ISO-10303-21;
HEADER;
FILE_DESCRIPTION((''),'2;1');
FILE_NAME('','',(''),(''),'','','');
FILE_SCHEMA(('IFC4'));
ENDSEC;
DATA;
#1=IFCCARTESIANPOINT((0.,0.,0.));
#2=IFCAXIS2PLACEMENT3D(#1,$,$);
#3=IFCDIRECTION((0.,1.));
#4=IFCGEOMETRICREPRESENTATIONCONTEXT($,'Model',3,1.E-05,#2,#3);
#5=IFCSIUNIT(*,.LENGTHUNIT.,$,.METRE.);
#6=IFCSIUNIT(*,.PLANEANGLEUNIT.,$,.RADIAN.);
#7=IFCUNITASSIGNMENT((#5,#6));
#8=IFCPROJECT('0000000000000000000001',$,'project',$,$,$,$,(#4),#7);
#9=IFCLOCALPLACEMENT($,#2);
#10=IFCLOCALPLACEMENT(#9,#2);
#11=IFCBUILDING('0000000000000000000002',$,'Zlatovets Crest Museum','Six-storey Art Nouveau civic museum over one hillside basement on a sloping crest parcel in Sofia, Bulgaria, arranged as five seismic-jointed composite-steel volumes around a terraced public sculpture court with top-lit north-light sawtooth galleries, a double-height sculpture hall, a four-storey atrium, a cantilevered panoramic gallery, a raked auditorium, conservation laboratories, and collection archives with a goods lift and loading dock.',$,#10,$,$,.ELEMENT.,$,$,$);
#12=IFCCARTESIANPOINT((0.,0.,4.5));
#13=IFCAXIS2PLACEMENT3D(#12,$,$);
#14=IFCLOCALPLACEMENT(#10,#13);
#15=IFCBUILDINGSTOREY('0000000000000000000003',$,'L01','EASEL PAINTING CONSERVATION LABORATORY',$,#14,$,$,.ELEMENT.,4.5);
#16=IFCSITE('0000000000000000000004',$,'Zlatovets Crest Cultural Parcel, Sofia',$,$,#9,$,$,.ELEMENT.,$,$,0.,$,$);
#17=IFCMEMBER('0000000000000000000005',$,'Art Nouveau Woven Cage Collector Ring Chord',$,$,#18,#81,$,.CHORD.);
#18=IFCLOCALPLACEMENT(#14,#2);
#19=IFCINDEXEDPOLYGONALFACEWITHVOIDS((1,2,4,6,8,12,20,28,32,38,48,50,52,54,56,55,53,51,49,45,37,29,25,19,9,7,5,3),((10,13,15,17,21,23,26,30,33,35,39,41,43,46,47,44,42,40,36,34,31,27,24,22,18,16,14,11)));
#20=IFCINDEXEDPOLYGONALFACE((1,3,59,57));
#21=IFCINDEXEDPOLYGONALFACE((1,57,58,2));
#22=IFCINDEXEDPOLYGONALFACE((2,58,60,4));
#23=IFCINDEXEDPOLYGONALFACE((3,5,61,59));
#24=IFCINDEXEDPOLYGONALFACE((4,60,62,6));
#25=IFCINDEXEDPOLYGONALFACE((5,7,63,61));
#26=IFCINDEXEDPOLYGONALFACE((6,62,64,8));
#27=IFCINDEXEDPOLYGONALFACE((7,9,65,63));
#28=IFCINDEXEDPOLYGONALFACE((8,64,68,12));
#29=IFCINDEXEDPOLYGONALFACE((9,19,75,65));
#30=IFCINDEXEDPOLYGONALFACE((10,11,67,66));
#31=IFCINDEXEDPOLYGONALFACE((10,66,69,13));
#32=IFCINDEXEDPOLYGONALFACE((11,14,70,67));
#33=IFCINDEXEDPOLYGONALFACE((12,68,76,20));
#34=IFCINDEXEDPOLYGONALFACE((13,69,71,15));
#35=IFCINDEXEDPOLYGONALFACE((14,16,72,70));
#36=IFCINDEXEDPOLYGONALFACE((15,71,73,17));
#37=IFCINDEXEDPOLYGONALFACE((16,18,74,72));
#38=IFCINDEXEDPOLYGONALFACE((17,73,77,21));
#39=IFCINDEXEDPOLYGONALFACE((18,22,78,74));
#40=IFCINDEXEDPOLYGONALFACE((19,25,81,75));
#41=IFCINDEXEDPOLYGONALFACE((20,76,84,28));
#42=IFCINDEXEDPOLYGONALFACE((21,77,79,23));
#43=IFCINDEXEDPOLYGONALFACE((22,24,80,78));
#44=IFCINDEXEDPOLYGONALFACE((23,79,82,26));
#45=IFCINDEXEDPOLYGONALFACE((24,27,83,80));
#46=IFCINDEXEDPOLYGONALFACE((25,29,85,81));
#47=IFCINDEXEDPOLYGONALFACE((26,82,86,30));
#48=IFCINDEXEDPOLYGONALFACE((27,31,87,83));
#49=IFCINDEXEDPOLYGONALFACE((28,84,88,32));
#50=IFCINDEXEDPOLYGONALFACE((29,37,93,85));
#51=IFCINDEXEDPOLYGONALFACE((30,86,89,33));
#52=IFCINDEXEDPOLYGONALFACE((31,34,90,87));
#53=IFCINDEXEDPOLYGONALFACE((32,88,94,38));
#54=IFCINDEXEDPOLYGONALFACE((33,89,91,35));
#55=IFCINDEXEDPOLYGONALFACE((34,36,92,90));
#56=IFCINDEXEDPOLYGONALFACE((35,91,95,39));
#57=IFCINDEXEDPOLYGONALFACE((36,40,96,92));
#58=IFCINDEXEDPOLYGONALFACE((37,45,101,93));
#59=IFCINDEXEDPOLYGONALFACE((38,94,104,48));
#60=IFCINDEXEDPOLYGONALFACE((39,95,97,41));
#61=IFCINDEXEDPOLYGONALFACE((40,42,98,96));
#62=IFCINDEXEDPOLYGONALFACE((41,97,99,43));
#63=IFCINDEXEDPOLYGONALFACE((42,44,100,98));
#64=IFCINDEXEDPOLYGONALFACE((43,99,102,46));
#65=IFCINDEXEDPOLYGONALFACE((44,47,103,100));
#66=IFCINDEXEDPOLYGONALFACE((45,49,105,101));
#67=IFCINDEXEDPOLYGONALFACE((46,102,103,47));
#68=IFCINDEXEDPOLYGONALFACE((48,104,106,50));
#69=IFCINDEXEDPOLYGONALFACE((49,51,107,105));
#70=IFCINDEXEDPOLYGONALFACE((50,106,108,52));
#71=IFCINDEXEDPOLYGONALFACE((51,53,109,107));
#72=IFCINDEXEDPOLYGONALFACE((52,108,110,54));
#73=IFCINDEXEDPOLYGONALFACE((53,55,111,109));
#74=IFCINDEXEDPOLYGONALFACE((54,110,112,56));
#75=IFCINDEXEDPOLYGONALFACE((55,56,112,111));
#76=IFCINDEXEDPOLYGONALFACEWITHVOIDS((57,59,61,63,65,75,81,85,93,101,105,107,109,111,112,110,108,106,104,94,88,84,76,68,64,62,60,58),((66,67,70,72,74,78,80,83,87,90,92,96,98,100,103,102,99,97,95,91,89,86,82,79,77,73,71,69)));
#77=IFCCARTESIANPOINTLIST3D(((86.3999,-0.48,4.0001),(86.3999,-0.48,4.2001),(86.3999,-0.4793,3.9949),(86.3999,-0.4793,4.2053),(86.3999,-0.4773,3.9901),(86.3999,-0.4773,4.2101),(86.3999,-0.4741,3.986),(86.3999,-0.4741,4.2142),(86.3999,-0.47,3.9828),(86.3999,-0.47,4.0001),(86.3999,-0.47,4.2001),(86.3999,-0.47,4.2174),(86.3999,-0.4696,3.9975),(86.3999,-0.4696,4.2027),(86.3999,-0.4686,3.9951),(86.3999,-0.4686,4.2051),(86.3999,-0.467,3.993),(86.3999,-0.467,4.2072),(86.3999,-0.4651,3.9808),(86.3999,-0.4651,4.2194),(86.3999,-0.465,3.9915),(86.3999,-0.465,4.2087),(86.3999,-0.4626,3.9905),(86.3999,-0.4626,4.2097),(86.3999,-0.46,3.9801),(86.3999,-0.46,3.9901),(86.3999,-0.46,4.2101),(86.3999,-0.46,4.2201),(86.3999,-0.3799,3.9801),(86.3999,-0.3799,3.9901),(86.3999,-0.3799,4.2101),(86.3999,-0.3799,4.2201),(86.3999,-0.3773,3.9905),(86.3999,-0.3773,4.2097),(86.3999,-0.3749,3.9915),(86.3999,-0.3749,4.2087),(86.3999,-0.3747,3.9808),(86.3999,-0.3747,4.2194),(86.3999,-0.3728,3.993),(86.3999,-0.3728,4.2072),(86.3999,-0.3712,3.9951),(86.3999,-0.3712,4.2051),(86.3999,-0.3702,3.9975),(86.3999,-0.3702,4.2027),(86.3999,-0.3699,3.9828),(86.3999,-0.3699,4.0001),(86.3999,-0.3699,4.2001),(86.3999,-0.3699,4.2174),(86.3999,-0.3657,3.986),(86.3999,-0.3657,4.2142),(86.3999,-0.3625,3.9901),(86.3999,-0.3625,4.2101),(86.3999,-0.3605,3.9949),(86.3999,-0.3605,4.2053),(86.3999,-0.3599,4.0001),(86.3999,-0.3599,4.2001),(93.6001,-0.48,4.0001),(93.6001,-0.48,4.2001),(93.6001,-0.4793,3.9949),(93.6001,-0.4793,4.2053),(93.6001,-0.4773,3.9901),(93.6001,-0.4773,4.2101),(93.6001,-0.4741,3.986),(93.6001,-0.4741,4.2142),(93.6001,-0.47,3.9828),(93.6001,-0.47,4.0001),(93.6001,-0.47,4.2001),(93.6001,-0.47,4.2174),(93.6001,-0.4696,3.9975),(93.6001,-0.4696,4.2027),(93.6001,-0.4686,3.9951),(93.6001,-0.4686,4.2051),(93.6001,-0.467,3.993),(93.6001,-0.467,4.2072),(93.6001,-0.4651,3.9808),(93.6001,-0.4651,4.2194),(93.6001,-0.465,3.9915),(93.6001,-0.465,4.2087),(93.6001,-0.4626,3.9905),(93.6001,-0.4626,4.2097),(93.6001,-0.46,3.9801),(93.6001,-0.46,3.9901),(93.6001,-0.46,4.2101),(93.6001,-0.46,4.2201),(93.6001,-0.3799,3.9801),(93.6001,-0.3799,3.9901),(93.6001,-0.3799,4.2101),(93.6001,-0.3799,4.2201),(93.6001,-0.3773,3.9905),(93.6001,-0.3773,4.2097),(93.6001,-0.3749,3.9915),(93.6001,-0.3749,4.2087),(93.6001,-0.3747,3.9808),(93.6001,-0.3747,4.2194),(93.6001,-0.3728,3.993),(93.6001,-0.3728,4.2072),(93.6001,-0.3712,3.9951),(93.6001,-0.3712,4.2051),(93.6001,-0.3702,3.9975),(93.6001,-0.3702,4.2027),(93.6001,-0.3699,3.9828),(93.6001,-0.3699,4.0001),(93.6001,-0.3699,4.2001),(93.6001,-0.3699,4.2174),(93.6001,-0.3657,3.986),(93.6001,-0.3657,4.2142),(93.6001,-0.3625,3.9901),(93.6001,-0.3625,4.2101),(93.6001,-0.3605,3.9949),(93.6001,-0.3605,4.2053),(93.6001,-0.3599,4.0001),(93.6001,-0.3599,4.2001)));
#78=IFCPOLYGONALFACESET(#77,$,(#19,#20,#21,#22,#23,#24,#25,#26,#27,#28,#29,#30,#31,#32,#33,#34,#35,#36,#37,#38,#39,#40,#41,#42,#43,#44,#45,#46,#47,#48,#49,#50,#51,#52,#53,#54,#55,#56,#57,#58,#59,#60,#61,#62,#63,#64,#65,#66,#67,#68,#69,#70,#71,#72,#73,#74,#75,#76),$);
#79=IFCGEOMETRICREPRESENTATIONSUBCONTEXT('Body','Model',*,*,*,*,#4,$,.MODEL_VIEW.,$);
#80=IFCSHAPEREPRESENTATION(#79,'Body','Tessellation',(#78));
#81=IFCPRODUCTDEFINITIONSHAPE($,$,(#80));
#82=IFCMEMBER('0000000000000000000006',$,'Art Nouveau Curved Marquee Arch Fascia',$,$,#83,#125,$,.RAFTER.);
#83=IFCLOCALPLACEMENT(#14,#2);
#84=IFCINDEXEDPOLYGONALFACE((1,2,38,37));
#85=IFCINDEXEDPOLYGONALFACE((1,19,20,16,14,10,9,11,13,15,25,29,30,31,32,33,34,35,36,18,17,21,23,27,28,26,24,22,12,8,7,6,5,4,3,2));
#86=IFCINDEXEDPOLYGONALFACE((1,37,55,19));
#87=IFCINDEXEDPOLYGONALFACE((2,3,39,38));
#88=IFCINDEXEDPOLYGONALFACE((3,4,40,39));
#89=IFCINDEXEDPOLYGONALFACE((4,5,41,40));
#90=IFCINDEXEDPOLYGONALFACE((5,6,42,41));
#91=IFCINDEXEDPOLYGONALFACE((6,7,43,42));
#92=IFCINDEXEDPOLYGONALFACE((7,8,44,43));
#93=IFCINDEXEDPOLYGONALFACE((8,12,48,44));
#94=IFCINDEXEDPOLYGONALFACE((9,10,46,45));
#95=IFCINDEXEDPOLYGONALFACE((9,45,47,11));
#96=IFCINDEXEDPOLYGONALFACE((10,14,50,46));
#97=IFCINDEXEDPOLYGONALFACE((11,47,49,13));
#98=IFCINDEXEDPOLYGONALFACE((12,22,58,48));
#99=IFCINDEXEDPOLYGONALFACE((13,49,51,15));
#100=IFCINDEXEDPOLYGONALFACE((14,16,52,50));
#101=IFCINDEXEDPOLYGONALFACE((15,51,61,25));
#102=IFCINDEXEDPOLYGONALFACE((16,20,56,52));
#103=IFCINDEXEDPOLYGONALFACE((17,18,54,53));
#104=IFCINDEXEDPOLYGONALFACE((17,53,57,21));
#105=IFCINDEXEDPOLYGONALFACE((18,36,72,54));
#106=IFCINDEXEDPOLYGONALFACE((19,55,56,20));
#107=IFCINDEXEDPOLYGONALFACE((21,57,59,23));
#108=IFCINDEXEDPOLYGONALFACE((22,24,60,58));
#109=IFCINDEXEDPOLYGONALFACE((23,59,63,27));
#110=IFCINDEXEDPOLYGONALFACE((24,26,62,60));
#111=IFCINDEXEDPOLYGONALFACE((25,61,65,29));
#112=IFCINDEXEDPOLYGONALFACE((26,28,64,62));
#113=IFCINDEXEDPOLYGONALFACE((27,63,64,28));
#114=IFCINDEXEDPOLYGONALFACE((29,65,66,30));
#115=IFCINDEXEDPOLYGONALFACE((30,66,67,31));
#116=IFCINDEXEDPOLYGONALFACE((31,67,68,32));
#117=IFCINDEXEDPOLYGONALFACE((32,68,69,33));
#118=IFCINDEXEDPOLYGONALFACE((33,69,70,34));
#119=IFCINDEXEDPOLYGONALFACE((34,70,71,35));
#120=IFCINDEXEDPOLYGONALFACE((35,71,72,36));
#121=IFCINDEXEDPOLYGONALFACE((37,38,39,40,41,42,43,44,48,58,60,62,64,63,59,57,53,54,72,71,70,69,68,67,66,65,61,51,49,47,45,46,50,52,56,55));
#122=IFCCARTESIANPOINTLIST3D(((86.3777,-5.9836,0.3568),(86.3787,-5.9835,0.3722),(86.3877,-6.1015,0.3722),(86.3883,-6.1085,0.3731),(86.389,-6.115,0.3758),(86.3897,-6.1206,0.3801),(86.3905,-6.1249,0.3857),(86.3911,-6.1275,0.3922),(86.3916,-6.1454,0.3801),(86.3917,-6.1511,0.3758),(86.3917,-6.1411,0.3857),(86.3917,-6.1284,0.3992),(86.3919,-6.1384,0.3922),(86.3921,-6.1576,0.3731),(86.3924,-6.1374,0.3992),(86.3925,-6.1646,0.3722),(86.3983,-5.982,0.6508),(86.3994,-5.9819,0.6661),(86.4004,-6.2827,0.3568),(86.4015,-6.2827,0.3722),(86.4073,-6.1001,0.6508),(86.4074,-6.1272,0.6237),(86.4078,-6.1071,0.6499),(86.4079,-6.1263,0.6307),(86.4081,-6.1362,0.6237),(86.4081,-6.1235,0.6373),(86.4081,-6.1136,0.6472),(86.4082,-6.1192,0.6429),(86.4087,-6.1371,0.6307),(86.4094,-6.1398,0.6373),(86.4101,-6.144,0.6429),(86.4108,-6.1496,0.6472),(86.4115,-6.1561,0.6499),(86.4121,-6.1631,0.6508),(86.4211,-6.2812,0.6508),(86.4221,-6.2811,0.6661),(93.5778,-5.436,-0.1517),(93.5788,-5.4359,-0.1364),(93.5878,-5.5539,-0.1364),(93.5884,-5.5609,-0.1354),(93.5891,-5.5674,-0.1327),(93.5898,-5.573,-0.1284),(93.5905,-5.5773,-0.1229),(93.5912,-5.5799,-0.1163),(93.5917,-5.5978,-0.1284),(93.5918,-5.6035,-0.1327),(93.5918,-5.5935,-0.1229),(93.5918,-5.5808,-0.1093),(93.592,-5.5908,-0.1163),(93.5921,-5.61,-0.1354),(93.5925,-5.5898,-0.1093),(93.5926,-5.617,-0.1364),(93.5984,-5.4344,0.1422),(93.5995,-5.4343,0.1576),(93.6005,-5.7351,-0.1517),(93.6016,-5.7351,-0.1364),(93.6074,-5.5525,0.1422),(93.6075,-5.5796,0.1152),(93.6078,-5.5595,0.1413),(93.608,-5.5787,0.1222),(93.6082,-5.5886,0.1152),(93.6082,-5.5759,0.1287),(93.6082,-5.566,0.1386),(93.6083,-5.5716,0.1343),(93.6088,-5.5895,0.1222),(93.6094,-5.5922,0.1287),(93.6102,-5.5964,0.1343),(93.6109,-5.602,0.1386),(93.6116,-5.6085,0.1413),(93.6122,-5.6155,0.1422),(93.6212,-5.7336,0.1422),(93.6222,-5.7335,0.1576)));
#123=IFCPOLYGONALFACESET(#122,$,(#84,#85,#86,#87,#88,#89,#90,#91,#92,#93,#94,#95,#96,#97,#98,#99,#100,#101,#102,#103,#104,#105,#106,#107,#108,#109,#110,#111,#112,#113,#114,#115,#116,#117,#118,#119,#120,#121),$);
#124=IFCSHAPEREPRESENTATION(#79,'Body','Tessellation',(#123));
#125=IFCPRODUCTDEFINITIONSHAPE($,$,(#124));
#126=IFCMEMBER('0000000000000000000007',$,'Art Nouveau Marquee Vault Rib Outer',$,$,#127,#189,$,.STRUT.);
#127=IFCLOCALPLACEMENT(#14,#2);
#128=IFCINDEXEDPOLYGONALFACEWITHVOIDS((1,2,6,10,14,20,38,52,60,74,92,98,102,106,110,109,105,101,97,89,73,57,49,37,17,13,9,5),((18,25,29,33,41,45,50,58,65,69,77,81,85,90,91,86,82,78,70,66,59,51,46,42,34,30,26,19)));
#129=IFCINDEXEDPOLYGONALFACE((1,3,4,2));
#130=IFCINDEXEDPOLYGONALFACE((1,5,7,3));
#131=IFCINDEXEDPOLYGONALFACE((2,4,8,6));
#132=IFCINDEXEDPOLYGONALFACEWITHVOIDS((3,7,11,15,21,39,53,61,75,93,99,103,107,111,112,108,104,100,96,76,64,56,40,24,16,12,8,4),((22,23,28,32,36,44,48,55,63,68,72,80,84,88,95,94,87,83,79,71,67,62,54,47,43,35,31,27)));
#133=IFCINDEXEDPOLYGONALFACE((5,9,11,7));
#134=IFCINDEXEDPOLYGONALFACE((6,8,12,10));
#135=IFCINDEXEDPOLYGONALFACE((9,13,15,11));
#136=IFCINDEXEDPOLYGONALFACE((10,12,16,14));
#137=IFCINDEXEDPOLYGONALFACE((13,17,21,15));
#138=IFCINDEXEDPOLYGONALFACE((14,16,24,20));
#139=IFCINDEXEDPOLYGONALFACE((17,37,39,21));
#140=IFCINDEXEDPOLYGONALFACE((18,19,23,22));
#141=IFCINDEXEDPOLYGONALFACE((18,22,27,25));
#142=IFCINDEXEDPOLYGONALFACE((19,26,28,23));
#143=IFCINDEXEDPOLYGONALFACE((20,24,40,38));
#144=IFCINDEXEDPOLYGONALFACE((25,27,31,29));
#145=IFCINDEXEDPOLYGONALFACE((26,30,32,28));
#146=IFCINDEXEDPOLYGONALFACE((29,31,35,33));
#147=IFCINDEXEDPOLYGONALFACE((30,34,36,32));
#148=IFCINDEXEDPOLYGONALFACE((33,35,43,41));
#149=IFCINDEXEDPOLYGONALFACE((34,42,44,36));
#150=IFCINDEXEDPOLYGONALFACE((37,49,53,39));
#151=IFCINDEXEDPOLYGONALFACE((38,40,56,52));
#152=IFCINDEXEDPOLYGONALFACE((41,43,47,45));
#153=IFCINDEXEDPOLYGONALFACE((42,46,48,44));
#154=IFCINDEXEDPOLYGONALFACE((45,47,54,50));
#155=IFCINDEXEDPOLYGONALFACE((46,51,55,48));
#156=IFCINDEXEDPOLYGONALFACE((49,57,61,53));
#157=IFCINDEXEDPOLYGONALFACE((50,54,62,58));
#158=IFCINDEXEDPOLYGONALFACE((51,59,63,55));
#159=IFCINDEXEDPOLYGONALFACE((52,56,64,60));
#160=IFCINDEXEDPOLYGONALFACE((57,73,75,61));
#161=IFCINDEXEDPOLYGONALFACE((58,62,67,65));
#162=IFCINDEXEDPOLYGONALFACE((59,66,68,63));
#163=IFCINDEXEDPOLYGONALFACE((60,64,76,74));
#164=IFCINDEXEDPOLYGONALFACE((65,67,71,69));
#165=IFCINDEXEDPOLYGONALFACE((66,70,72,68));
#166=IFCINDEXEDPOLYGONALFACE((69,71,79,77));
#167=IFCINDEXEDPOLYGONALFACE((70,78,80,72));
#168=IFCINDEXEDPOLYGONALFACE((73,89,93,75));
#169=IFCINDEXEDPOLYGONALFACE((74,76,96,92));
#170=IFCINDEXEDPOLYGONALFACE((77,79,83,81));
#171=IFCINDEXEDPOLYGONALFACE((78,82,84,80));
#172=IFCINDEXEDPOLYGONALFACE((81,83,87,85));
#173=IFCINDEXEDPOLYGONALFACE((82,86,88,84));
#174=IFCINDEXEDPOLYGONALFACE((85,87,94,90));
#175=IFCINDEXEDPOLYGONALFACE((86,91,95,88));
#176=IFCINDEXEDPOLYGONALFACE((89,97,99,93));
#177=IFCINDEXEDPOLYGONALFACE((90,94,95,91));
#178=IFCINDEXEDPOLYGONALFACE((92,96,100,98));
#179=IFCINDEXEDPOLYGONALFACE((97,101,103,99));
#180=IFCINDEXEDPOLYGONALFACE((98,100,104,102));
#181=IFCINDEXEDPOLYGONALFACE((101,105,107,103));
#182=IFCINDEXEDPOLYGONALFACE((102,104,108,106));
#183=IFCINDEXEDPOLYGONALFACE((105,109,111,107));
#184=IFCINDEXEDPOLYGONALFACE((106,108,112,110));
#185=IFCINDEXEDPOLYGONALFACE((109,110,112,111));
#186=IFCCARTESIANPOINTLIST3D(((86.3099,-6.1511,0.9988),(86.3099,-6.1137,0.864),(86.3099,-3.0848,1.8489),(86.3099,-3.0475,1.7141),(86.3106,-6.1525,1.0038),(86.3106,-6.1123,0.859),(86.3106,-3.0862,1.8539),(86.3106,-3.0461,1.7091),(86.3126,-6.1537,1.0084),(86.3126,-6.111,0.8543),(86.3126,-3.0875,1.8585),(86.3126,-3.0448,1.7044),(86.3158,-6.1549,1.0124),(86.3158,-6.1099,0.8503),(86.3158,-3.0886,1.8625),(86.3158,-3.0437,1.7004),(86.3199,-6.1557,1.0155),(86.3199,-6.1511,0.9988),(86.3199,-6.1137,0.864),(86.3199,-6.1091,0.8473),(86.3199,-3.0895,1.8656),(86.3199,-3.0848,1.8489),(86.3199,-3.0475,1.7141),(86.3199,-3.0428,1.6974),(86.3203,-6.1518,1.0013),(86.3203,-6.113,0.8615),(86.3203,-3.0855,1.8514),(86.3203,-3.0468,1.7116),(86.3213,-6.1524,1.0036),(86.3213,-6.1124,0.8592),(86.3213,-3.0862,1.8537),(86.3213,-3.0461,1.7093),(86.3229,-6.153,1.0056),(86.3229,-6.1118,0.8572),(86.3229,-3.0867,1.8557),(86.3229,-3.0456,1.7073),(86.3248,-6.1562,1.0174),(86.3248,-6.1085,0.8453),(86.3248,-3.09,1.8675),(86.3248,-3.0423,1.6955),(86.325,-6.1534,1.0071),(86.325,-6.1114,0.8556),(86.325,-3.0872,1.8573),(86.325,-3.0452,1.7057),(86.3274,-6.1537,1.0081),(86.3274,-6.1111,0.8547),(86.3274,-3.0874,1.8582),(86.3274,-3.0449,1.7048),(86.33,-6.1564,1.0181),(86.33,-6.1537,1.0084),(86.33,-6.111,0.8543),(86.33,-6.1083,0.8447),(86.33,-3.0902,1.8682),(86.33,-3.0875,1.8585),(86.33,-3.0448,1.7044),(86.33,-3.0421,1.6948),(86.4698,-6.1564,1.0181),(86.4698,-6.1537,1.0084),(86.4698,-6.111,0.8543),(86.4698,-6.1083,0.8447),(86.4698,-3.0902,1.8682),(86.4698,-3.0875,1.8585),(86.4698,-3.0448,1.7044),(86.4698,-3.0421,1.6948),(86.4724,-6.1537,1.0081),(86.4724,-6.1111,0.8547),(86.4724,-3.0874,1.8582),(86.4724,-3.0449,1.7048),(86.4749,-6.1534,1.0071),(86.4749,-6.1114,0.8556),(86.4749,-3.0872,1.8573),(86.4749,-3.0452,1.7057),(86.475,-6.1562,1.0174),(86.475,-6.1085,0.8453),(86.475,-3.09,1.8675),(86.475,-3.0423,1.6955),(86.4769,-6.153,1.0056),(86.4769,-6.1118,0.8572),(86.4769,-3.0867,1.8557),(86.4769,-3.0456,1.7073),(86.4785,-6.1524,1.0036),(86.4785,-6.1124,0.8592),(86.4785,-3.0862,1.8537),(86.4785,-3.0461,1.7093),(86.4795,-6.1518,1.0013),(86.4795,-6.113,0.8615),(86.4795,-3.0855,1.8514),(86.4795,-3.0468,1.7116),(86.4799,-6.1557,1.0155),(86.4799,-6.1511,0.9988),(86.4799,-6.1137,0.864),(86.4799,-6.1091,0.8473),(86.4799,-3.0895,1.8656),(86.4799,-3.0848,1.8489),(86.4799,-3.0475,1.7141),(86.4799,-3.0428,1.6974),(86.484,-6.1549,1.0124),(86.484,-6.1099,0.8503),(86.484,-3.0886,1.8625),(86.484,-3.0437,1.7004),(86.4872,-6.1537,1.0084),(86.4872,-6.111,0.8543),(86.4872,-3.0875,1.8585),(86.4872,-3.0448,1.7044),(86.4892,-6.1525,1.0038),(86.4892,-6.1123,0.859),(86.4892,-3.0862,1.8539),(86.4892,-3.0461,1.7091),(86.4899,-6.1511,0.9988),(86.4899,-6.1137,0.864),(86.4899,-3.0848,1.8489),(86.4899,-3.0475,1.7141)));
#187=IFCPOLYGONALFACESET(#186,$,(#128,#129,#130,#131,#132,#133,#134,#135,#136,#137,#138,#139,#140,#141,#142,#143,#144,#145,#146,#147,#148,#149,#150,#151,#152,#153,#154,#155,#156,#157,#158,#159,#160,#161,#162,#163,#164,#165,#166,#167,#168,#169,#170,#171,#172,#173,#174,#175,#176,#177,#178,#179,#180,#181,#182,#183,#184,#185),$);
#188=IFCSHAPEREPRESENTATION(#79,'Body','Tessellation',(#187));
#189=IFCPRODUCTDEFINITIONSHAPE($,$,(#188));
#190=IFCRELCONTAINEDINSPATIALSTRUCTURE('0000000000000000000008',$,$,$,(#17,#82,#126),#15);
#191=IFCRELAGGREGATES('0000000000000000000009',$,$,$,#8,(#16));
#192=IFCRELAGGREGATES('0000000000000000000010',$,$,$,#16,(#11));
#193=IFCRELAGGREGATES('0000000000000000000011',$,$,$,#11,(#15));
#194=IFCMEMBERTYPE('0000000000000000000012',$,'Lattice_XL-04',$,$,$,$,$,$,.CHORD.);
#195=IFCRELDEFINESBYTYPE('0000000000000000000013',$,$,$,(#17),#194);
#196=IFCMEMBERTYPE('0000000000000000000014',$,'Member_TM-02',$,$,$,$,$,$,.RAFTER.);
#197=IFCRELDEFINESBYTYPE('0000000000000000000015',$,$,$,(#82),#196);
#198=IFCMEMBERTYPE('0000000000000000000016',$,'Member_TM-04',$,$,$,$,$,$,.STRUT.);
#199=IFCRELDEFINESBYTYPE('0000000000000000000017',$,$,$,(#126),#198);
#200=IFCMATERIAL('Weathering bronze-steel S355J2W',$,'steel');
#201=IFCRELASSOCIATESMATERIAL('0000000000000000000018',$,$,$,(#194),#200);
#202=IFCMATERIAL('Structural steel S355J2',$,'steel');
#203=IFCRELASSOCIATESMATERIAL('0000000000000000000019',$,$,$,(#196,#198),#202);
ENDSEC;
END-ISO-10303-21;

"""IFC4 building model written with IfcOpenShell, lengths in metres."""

from ifc_helpers import new_model, si_unit, direction, frame, origin, origin_2d, place, context, subcontext, project, spatial, hollow_rectangle, i_section, extrude, material, material_profile, profile_set, type_object, element, save


model = new_model("IFC4")

# Units and contexts
model_context = context("Model", 3, precision=1e-05, world=origin(), true_north=direction((0.0, 1.0)))
body_context = subcontext(model_context, "Body", "Model", "MODEL_VIEW")
ifc_project = project(units=[si_unit("LENGTHUNIT", "METRE"), si_unit("PLANEANGLEUNIT", "RADIAN")], contexts=[model_context])

# Site, building, storey
site_placement = place(None, origin())
site = spatial("IfcSite", under=ifc_project, at=site_placement, Name="Zlatovets Crest Cultural Parcel, Sofia", CompositionType="ELEMENT", RefElevation=0.0)
building_placement = place(site_placement, origin())
building = spatial("IfcBuilding", under=site, at=building_placement, Name="Zlatovets Crest Museum", Description="Six-storey Art Nouveau civic museum over one hillside basement on a sloping crest parcel in Sofia, Bulgaria, arranged as five seismic-jointed composite-steel volumes around a terraced public sculpture court with top-lit north-light sawtooth galleries, a double-height sculpture hall, a four-storey atrium, a cantilevered panoramic gallery, a raked auditorium, conservation laboratories, and collection archives with a goods lift and loading dock.", CompositionType="ELEMENT")
storey_placement = place(building_placement, frame((0.0, 0.0, 4.5)))
storey = spatial("IfcBuildingStorey", under=building, at=storey_placement, Name="L01", Description="EASEL PAINTING CONSERVATION LABORATORY", CompositionType="ELEMENT", Elevation=4.5)

# Members
ifc_material_1 = material(Name="Weathering bronze-steel S355J2W", Category="steel")
ifc_material_profile_1 = material_profile(ifc_material_1, hollow_rectangle(XDim=0.1201, YDim=0.24, WallThickness=0.01, InnerFilletRadius=0.01, OuterFilletRadius=0.02, at=origin_2d()), Name="RHS 120x240x10.0")
ifc_profile_set_1 = profile_set([ifc_material_profile_1], Name="Weathering bronze-steel S355J2W")
member_type_1 = type_object("IfcMemberType", Name="Lattice_XL-04", PredefinedType="CHORD", material=ifc_profile_set_1)
member_1_placement = place(storey_placement, frame((86.3999, -0.4199, 4.1001), z_axis=(1.0, 0.0, 0.0), x_axis=(0.0, 1.0, 0.0)))
element("IfcMember", 1, at=member_1_placement, inside=storey, type_object=member_type_1, Name="Art Nouveau Woven Cage Collector Ring Chord", PredefinedType="CHORD", context=body_context, shape_type="SweptSolid", body=[
    extrude(hollow_rectangle(XDim=0.1201, YDim=0.24, WallThickness=0.01, InnerFilletRadius=0.01, OuterFilletRadius=0.02, at=origin_2d()), origin(), (0.0, 0.0, 1.0), 7.2002),
])
ifc_material_2 = material(Name="Structural steel S355J2", Category="steel")
ifc_material_profile_2 = material_profile(ifc_material_2, i_section(OverallWidth=0.3, OverallDepth=0.3101, WebThickness=0.009, FlangeThickness=0.0154, FilletRadius=0.0271, at=origin_2d()), Name="HEA 320")
ifc_profile_set_2 = profile_set([ifc_material_profile_2], Name="Structural steel S355J2")
member_type_2 = type_object("IfcMemberType", Name="Member_TM-02", PredefinedType="RAFTER", material=ifc_profile_set_2)
member_2_placement = place(storey_placement, frame((86.3999, -6.1323, 0.5115), z_axis=(0.994657, 0.075648, -0.070252), x_axis=(-0.075836, 0.99712, 0.0)))
element("IfcMember", 2, at=member_2_placement, inside=storey, type_object=member_type_2, Name="Art Nouveau Curved Marquee Arch Fascia", PredefinedType="RAFTER", context=body_context, shape_type="SweptSolid", body=[
    extrude(i_section(OverallWidth=0.3, OverallDepth=0.3101, WebThickness=0.009, FlangeThickness=0.0154, FilletRadius=0.0271, at=origin_2d()), origin(), (0.0, 0.0, 1.0), 7.2388),
])
ifc_material_profile_3 = material_profile(ifc_material_2, hollow_rectangle(XDim=0.1799, YDim=0.1799, WallThickness=0.01, InnerFilletRadius=0.01, OuterFilletRadius=0.02, at=origin_2d()), Name="SHS 180x180x10.0")
ifc_profile_set_3 = profile_set([ifc_material_profile_3], Name="Structural steel S355J2")
member_type_3 = type_object("IfcMemberType", Name="Member_TM-04", PredefinedType="STRUT", material=ifc_profile_set_3)
member_3_placement = place(storey_placement, frame((86.3999, -3.0662, 1.7815), z_axis=(0.0, -0.963649, -0.267173), x_axis=(1.0, 0.0, 0.0)))
element("IfcMember", 3, at=member_3_placement, inside=storey, type_object=member_type_3, Name="Art Nouveau Marquee Vault Rib Outer", PredefinedType="STRUT", context=body_context, shape_type="SweptSolid", body=[
    extrude(hollow_rectangle(XDim=0.1799, YDim=0.1799, WallThickness=0.01, InnerFilletRadius=0.01, OuterFilletRadius=0.02, at=origin_2d()), origin(), (0.0, 0.0, 1.0), 3.1819),
])

save(model, "model.ifc")
